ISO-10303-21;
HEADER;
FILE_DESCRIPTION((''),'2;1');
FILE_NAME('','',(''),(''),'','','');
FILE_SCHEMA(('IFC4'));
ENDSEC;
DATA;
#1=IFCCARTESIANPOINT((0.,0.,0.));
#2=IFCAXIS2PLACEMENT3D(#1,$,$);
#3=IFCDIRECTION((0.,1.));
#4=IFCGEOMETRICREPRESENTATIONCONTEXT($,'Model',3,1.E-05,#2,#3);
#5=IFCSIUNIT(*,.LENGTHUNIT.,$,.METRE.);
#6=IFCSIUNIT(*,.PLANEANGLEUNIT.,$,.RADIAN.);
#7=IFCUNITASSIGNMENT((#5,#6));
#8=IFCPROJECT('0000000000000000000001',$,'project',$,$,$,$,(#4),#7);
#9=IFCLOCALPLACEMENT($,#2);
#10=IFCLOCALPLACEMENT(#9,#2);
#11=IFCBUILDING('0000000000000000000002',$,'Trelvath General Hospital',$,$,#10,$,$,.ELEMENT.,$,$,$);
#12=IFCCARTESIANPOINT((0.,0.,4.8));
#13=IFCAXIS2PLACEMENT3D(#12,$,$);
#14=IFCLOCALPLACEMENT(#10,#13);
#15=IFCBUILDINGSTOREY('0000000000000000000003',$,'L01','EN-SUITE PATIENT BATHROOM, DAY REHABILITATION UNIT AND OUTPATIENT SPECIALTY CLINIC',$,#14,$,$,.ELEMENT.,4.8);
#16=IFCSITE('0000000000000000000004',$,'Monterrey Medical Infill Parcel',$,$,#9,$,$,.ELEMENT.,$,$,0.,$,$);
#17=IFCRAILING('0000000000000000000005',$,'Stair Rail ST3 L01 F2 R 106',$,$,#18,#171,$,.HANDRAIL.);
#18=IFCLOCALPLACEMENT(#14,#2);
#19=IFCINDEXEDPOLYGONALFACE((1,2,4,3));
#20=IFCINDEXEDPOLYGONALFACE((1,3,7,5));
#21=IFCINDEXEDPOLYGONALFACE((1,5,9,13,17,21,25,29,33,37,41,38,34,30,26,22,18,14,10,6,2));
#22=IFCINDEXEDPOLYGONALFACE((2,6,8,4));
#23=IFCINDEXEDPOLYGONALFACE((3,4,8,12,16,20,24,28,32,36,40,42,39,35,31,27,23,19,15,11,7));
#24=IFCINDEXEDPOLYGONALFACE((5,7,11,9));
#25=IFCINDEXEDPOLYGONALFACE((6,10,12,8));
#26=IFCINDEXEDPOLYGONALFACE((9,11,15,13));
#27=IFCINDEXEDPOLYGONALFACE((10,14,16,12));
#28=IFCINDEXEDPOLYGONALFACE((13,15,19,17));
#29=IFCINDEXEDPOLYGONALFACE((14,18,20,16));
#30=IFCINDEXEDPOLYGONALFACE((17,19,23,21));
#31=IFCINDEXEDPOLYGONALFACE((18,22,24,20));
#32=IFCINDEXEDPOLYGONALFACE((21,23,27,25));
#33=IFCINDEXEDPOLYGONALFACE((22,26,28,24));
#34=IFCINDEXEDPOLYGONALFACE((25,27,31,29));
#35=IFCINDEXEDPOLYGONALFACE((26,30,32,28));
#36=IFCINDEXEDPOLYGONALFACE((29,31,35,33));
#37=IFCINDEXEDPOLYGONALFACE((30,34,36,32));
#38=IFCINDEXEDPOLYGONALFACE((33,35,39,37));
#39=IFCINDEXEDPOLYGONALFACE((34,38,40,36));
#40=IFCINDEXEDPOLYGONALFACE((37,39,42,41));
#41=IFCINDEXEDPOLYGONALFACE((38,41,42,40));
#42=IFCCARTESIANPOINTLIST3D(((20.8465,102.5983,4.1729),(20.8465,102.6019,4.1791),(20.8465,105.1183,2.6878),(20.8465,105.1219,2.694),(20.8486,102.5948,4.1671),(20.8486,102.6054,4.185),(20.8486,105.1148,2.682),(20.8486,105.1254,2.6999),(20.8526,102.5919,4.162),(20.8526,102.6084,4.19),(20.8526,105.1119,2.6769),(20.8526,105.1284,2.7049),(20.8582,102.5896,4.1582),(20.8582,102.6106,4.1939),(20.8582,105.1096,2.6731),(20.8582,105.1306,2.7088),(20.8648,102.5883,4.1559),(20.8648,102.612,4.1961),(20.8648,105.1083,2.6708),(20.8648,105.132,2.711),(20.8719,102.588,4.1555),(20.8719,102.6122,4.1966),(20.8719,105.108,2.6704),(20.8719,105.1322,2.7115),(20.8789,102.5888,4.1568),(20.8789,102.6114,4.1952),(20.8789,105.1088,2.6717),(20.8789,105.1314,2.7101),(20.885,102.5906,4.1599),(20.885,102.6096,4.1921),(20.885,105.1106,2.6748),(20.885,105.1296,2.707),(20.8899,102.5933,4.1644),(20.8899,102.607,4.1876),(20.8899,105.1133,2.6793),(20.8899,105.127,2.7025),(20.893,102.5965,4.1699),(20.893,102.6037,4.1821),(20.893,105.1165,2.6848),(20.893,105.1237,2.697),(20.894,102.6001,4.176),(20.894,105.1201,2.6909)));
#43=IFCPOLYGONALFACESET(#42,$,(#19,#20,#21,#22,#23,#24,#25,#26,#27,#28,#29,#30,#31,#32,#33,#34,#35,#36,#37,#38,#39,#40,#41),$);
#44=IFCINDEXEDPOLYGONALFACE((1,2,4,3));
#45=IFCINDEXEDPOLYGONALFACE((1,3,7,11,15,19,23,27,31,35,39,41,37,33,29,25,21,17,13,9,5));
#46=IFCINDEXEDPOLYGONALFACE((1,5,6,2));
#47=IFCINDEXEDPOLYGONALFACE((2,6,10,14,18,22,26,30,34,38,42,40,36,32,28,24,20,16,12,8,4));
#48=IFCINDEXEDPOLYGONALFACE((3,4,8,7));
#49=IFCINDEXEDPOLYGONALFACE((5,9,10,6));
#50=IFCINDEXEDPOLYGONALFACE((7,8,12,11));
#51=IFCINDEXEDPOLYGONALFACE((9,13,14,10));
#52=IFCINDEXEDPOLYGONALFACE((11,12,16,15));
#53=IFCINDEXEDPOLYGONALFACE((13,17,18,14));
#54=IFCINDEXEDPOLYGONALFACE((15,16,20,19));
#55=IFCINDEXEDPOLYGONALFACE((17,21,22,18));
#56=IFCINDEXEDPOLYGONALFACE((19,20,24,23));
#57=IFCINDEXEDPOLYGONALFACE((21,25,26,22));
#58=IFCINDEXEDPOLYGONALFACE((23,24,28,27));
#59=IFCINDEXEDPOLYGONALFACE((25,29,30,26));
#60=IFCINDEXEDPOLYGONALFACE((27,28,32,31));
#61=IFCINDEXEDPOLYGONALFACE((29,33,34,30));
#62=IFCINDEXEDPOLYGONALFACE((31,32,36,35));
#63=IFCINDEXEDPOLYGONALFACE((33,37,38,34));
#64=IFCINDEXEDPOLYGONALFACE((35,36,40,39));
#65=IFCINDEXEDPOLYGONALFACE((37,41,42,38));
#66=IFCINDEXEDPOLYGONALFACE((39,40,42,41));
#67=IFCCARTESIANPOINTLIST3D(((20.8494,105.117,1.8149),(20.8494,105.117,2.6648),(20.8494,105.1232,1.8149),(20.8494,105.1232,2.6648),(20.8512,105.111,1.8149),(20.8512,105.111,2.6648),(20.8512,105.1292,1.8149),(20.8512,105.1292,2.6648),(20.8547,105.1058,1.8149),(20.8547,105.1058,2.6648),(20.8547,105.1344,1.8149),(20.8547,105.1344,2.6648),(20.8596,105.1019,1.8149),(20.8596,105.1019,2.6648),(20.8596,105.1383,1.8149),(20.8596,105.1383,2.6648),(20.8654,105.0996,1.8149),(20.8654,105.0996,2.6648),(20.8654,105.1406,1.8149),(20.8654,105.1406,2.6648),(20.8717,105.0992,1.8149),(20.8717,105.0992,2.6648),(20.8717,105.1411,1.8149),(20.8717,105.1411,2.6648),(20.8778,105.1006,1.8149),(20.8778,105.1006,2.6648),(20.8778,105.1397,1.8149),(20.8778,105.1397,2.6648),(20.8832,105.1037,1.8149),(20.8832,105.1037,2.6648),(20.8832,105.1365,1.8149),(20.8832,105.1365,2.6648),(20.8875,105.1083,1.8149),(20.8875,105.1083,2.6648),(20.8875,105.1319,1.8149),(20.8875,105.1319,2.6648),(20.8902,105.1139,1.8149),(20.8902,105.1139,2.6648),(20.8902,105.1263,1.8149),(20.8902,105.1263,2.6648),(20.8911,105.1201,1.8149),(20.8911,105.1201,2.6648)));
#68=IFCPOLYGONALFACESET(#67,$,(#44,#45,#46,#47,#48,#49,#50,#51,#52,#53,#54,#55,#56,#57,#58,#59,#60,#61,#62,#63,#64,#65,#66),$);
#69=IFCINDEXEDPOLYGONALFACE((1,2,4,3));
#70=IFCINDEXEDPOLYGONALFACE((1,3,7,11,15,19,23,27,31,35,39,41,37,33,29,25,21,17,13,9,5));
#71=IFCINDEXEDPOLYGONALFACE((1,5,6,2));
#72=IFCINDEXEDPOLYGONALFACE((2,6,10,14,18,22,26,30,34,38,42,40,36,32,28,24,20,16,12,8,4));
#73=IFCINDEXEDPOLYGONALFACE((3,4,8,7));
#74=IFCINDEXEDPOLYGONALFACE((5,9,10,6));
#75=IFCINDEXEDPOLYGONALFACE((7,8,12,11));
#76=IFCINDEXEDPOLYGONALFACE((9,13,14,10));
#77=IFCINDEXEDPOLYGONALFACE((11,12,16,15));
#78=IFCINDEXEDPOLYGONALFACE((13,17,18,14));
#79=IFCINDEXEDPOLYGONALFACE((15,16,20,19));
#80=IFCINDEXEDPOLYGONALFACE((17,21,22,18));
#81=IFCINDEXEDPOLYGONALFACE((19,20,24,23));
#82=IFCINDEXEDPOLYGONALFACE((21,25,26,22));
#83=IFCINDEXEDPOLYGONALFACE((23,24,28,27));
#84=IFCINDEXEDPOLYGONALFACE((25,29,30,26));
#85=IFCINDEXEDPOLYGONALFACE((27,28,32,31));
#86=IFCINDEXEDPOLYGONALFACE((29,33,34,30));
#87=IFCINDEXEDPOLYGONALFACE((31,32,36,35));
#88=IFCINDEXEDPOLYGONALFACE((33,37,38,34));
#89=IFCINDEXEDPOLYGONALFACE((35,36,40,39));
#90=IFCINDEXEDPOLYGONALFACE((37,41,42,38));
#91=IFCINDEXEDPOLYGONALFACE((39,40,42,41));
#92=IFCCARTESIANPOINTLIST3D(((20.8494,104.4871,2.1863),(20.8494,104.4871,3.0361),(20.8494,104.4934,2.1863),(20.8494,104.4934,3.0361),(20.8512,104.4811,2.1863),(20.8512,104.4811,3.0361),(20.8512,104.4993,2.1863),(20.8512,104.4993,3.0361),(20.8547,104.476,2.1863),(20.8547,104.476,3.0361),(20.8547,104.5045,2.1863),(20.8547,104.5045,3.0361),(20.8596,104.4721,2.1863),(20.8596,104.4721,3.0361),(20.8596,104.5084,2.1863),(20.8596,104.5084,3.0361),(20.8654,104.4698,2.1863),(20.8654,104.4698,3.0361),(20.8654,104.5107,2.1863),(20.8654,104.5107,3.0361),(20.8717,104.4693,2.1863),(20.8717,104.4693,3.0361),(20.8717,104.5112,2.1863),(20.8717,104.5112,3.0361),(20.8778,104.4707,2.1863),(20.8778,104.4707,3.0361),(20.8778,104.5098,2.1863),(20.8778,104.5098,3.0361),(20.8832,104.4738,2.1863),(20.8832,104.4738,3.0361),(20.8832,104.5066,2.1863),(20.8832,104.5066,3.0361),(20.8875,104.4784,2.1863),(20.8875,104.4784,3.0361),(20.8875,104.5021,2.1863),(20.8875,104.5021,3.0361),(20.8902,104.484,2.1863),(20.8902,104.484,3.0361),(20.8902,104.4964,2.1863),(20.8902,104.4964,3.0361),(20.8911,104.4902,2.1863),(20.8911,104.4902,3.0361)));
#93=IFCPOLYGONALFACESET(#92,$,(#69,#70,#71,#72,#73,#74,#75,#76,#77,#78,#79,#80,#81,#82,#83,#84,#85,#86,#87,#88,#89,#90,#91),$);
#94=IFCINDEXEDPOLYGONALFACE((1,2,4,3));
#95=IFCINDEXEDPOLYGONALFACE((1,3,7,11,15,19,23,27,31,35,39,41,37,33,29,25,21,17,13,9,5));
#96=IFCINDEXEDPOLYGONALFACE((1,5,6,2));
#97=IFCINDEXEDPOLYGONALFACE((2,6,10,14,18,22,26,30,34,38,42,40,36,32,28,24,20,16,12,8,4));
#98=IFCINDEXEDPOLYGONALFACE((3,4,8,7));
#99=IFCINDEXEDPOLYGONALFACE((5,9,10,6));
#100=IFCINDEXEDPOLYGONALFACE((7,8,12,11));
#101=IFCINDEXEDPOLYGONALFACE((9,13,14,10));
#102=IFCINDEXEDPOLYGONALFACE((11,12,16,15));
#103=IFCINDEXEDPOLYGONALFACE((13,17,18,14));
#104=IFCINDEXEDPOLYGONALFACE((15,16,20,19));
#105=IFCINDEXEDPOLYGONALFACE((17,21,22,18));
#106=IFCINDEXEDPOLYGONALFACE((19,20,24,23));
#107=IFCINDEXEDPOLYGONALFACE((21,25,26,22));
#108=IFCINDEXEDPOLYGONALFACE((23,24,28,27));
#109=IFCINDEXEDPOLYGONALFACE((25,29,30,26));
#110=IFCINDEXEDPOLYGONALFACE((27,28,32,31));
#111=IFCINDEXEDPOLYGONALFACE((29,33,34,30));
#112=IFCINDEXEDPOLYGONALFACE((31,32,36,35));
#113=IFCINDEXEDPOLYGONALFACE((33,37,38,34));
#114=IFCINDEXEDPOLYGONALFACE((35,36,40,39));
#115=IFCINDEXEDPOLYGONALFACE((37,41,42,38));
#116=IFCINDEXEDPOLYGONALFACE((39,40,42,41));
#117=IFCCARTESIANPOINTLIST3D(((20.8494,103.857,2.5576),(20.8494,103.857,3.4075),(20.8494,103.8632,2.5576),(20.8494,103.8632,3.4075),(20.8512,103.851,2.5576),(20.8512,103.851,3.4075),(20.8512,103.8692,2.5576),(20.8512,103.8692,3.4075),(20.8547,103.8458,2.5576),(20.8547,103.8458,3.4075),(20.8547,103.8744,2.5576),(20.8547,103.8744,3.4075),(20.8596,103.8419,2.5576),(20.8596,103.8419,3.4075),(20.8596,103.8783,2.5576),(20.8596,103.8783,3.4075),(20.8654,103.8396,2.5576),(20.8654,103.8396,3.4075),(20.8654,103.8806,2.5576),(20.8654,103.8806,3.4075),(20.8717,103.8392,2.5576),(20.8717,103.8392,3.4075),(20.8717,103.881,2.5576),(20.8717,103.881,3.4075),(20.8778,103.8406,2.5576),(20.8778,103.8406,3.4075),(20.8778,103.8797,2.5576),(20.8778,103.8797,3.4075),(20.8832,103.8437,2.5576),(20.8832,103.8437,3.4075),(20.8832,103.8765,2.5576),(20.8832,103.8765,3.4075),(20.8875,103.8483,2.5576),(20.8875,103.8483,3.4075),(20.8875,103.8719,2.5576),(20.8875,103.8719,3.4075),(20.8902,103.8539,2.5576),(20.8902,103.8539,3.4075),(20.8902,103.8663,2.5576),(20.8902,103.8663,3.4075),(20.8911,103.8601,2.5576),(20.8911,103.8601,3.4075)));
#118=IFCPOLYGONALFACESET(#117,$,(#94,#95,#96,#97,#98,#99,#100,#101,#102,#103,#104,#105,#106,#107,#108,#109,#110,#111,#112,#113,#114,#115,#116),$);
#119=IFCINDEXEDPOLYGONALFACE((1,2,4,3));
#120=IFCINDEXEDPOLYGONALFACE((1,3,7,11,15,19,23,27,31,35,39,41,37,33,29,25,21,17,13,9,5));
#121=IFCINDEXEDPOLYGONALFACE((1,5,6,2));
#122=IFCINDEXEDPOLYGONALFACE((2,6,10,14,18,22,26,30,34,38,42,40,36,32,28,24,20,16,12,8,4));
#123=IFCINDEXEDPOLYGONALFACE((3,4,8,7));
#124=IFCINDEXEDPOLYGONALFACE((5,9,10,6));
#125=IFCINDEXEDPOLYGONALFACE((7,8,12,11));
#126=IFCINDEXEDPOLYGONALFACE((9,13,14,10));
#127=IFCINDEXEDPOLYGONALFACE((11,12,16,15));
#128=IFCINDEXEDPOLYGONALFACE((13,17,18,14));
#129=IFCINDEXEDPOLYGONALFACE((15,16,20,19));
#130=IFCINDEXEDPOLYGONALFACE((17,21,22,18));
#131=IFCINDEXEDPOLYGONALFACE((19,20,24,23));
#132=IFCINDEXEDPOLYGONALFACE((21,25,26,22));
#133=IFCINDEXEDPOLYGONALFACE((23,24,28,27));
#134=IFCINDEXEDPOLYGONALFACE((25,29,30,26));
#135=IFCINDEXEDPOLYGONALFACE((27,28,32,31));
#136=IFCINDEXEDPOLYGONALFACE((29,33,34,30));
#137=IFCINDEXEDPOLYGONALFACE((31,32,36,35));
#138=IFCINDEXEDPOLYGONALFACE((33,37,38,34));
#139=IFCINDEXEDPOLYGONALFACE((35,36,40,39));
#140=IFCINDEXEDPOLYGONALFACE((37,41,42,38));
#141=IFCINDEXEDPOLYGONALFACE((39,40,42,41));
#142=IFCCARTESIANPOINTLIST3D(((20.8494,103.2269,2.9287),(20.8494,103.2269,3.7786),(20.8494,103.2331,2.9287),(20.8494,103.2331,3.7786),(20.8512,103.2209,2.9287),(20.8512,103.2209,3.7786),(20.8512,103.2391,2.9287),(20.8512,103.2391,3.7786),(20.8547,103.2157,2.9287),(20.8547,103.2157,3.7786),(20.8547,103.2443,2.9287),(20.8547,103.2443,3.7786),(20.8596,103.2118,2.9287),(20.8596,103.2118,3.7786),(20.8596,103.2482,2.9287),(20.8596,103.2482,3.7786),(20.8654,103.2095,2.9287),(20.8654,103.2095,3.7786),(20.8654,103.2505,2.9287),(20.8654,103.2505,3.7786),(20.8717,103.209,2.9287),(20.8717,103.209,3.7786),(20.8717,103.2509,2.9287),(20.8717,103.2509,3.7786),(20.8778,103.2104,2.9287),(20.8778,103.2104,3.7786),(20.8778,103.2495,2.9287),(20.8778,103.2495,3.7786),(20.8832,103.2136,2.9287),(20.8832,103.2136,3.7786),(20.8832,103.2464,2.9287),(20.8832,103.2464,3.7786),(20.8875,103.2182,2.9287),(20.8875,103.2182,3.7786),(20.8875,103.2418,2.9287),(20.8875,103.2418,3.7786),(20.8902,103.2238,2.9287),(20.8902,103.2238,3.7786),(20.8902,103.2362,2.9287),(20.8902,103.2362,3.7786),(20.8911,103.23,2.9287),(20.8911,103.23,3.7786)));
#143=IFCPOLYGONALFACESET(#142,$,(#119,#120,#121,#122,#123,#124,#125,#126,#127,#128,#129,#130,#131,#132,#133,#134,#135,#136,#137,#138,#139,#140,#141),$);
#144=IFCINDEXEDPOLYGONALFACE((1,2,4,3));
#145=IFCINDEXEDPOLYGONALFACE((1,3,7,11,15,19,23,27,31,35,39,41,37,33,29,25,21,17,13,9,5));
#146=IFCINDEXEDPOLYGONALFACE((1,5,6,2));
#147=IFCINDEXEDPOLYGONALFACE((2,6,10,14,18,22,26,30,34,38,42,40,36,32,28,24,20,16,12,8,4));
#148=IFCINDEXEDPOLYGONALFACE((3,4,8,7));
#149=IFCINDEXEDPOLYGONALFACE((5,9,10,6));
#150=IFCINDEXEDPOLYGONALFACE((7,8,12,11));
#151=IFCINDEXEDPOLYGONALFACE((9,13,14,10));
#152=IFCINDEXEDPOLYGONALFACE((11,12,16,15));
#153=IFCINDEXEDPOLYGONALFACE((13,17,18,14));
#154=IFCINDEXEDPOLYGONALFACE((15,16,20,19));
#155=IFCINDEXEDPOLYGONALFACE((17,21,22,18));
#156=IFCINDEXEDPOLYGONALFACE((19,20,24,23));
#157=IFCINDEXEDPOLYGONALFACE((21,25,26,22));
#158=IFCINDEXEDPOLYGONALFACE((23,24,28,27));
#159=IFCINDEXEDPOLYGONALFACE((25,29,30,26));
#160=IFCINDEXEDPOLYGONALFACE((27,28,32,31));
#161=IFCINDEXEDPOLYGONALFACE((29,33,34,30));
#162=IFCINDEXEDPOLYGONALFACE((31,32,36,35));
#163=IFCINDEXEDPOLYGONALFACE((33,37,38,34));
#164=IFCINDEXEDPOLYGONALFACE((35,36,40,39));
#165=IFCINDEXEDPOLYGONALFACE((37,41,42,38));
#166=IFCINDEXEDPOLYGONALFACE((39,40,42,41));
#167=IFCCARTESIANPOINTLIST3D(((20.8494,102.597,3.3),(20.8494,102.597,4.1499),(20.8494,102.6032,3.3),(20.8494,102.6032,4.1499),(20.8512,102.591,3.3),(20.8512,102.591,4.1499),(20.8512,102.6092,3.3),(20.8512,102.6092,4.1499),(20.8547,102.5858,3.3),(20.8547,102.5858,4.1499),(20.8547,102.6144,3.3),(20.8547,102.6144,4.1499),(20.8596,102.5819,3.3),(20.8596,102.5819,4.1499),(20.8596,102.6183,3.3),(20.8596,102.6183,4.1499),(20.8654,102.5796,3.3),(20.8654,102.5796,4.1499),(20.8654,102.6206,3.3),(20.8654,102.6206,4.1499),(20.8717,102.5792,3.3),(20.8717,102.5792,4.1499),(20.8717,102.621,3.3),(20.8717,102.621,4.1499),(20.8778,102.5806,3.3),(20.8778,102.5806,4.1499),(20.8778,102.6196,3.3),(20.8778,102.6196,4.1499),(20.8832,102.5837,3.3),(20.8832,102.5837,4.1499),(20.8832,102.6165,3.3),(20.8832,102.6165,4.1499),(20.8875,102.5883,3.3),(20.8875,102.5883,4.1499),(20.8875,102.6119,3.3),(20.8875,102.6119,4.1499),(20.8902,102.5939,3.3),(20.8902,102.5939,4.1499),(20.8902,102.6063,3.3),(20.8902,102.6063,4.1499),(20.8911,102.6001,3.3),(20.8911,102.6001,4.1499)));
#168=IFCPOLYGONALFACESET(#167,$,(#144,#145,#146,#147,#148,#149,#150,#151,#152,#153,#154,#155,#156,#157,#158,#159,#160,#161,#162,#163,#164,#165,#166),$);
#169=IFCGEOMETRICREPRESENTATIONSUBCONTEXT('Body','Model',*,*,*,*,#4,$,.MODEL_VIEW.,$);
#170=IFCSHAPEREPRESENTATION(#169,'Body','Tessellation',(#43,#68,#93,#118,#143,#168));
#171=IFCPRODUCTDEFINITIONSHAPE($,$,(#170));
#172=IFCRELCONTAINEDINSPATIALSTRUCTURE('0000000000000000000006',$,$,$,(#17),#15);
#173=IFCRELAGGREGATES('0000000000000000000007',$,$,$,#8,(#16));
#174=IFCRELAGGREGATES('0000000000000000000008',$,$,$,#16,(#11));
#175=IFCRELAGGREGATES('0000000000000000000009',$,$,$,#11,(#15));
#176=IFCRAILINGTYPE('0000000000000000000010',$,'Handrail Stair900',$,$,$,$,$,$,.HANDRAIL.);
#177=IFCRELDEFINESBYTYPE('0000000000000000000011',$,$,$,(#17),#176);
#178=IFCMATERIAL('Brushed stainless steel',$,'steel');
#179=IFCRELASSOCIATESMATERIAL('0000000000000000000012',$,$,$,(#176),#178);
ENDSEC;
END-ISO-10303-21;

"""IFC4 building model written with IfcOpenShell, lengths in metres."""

from ifc_helpers import new_model, si_unit, direction, frame, origin, origin_2d, place, context, subcontext, project, spatial, circle, extrude, material, type_object, element, save


model = new_model("IFC4")

# Units and contexts
model_context = context("Model", 3, precision=1e-05, world=origin(), true_north=direction((0.0, 1.0)))
body_context = subcontext(model_context, "Body", "Model", "MODEL_VIEW")
ifc_project = project(units=[si_unit("LENGTHUNIT", "METRE"), si_unit("PLANEANGLEUNIT", "RADIAN")], contexts=[model_context])

# Site, building, storey
site_placement = place(None, origin())
site = spatial("IfcSite", under=ifc_project, at=site_placement, Name="Monterrey Medical Infill Parcel", CompositionType="ELEMENT", RefElevation=0.0)
building_placement = place(site_placement, origin())
building = spatial("IfcBuilding", under=site, at=building_placement, Name="Trelvath General Hospital", CompositionType="ELEMENT")
storey_placement = place(building_placement, frame((0.0, 0.0, 4.8)))
storey = spatial("IfcBuildingStorey", under=building, at=storey_placement, Name="L01", Description="EN-SUITE PATIENT BATHROOM, DAY REHABILITATION UNIT AND OUTPATIENT SPECIALTY CLINIC", CompositionType="ELEMENT", Elevation=4.8)

# Railing
ifc_material_1 = material(Name="Brushed stainless steel", Category="steel")
railing_type_1 = type_object("IfcRailingType", Name="Handrail Stair900", PredefinedType="HANDRAIL", material=ifc_material_1)
railing_1_placement = place(storey_placement, frame((20.8701, 105.1201, 1.8149)))
element("IfcRailing", 1, at=railing_1_placement, inside=storey, type_object=railing_type_1, Name="Stair Rail ST3 L01 F2 R 106", PredefinedType="HANDRAIL", context=body_context, shape_type="SweptSolid", body=[
    extrude(circle(Radius=0.0239, at=origin_2d()), frame((0.0, 0.0, 0.876), z_axis=(0.0, -0.861524, 0.507717), x_axis=(1.0, 0.0, 0.0)), (0.0, 0.0, 1.0), 2.925),
    extrude(circle(Radius=0.021, at=origin_2d()), origin(), (0.0, 0.0, 1.0), 0.8499),
    extrude(circle(Radius=0.021, at=origin_2d()), frame((0.0, -0.6299, 0.3713)), (0.0, 0.0, 1.0), 0.8499),
    extrude(circle(Radius=0.021, at=origin_2d()), frame((0.0, -1.26, 0.7427)), (0.0, 0.0, 1.0), 0.8499),
    extrude(circle(Radius=0.021, at=origin_2d()), frame((0.0, -1.8901, 1.1138)), (0.0, 0.0, 1.0), 0.8499),
    extrude(circle(Radius=0.021, at=origin_2d()), frame((0.0, -2.52, 1.4851)), (0.0, 0.0, 1.0), 0.8499),
])

save(model, "model.ifc")
